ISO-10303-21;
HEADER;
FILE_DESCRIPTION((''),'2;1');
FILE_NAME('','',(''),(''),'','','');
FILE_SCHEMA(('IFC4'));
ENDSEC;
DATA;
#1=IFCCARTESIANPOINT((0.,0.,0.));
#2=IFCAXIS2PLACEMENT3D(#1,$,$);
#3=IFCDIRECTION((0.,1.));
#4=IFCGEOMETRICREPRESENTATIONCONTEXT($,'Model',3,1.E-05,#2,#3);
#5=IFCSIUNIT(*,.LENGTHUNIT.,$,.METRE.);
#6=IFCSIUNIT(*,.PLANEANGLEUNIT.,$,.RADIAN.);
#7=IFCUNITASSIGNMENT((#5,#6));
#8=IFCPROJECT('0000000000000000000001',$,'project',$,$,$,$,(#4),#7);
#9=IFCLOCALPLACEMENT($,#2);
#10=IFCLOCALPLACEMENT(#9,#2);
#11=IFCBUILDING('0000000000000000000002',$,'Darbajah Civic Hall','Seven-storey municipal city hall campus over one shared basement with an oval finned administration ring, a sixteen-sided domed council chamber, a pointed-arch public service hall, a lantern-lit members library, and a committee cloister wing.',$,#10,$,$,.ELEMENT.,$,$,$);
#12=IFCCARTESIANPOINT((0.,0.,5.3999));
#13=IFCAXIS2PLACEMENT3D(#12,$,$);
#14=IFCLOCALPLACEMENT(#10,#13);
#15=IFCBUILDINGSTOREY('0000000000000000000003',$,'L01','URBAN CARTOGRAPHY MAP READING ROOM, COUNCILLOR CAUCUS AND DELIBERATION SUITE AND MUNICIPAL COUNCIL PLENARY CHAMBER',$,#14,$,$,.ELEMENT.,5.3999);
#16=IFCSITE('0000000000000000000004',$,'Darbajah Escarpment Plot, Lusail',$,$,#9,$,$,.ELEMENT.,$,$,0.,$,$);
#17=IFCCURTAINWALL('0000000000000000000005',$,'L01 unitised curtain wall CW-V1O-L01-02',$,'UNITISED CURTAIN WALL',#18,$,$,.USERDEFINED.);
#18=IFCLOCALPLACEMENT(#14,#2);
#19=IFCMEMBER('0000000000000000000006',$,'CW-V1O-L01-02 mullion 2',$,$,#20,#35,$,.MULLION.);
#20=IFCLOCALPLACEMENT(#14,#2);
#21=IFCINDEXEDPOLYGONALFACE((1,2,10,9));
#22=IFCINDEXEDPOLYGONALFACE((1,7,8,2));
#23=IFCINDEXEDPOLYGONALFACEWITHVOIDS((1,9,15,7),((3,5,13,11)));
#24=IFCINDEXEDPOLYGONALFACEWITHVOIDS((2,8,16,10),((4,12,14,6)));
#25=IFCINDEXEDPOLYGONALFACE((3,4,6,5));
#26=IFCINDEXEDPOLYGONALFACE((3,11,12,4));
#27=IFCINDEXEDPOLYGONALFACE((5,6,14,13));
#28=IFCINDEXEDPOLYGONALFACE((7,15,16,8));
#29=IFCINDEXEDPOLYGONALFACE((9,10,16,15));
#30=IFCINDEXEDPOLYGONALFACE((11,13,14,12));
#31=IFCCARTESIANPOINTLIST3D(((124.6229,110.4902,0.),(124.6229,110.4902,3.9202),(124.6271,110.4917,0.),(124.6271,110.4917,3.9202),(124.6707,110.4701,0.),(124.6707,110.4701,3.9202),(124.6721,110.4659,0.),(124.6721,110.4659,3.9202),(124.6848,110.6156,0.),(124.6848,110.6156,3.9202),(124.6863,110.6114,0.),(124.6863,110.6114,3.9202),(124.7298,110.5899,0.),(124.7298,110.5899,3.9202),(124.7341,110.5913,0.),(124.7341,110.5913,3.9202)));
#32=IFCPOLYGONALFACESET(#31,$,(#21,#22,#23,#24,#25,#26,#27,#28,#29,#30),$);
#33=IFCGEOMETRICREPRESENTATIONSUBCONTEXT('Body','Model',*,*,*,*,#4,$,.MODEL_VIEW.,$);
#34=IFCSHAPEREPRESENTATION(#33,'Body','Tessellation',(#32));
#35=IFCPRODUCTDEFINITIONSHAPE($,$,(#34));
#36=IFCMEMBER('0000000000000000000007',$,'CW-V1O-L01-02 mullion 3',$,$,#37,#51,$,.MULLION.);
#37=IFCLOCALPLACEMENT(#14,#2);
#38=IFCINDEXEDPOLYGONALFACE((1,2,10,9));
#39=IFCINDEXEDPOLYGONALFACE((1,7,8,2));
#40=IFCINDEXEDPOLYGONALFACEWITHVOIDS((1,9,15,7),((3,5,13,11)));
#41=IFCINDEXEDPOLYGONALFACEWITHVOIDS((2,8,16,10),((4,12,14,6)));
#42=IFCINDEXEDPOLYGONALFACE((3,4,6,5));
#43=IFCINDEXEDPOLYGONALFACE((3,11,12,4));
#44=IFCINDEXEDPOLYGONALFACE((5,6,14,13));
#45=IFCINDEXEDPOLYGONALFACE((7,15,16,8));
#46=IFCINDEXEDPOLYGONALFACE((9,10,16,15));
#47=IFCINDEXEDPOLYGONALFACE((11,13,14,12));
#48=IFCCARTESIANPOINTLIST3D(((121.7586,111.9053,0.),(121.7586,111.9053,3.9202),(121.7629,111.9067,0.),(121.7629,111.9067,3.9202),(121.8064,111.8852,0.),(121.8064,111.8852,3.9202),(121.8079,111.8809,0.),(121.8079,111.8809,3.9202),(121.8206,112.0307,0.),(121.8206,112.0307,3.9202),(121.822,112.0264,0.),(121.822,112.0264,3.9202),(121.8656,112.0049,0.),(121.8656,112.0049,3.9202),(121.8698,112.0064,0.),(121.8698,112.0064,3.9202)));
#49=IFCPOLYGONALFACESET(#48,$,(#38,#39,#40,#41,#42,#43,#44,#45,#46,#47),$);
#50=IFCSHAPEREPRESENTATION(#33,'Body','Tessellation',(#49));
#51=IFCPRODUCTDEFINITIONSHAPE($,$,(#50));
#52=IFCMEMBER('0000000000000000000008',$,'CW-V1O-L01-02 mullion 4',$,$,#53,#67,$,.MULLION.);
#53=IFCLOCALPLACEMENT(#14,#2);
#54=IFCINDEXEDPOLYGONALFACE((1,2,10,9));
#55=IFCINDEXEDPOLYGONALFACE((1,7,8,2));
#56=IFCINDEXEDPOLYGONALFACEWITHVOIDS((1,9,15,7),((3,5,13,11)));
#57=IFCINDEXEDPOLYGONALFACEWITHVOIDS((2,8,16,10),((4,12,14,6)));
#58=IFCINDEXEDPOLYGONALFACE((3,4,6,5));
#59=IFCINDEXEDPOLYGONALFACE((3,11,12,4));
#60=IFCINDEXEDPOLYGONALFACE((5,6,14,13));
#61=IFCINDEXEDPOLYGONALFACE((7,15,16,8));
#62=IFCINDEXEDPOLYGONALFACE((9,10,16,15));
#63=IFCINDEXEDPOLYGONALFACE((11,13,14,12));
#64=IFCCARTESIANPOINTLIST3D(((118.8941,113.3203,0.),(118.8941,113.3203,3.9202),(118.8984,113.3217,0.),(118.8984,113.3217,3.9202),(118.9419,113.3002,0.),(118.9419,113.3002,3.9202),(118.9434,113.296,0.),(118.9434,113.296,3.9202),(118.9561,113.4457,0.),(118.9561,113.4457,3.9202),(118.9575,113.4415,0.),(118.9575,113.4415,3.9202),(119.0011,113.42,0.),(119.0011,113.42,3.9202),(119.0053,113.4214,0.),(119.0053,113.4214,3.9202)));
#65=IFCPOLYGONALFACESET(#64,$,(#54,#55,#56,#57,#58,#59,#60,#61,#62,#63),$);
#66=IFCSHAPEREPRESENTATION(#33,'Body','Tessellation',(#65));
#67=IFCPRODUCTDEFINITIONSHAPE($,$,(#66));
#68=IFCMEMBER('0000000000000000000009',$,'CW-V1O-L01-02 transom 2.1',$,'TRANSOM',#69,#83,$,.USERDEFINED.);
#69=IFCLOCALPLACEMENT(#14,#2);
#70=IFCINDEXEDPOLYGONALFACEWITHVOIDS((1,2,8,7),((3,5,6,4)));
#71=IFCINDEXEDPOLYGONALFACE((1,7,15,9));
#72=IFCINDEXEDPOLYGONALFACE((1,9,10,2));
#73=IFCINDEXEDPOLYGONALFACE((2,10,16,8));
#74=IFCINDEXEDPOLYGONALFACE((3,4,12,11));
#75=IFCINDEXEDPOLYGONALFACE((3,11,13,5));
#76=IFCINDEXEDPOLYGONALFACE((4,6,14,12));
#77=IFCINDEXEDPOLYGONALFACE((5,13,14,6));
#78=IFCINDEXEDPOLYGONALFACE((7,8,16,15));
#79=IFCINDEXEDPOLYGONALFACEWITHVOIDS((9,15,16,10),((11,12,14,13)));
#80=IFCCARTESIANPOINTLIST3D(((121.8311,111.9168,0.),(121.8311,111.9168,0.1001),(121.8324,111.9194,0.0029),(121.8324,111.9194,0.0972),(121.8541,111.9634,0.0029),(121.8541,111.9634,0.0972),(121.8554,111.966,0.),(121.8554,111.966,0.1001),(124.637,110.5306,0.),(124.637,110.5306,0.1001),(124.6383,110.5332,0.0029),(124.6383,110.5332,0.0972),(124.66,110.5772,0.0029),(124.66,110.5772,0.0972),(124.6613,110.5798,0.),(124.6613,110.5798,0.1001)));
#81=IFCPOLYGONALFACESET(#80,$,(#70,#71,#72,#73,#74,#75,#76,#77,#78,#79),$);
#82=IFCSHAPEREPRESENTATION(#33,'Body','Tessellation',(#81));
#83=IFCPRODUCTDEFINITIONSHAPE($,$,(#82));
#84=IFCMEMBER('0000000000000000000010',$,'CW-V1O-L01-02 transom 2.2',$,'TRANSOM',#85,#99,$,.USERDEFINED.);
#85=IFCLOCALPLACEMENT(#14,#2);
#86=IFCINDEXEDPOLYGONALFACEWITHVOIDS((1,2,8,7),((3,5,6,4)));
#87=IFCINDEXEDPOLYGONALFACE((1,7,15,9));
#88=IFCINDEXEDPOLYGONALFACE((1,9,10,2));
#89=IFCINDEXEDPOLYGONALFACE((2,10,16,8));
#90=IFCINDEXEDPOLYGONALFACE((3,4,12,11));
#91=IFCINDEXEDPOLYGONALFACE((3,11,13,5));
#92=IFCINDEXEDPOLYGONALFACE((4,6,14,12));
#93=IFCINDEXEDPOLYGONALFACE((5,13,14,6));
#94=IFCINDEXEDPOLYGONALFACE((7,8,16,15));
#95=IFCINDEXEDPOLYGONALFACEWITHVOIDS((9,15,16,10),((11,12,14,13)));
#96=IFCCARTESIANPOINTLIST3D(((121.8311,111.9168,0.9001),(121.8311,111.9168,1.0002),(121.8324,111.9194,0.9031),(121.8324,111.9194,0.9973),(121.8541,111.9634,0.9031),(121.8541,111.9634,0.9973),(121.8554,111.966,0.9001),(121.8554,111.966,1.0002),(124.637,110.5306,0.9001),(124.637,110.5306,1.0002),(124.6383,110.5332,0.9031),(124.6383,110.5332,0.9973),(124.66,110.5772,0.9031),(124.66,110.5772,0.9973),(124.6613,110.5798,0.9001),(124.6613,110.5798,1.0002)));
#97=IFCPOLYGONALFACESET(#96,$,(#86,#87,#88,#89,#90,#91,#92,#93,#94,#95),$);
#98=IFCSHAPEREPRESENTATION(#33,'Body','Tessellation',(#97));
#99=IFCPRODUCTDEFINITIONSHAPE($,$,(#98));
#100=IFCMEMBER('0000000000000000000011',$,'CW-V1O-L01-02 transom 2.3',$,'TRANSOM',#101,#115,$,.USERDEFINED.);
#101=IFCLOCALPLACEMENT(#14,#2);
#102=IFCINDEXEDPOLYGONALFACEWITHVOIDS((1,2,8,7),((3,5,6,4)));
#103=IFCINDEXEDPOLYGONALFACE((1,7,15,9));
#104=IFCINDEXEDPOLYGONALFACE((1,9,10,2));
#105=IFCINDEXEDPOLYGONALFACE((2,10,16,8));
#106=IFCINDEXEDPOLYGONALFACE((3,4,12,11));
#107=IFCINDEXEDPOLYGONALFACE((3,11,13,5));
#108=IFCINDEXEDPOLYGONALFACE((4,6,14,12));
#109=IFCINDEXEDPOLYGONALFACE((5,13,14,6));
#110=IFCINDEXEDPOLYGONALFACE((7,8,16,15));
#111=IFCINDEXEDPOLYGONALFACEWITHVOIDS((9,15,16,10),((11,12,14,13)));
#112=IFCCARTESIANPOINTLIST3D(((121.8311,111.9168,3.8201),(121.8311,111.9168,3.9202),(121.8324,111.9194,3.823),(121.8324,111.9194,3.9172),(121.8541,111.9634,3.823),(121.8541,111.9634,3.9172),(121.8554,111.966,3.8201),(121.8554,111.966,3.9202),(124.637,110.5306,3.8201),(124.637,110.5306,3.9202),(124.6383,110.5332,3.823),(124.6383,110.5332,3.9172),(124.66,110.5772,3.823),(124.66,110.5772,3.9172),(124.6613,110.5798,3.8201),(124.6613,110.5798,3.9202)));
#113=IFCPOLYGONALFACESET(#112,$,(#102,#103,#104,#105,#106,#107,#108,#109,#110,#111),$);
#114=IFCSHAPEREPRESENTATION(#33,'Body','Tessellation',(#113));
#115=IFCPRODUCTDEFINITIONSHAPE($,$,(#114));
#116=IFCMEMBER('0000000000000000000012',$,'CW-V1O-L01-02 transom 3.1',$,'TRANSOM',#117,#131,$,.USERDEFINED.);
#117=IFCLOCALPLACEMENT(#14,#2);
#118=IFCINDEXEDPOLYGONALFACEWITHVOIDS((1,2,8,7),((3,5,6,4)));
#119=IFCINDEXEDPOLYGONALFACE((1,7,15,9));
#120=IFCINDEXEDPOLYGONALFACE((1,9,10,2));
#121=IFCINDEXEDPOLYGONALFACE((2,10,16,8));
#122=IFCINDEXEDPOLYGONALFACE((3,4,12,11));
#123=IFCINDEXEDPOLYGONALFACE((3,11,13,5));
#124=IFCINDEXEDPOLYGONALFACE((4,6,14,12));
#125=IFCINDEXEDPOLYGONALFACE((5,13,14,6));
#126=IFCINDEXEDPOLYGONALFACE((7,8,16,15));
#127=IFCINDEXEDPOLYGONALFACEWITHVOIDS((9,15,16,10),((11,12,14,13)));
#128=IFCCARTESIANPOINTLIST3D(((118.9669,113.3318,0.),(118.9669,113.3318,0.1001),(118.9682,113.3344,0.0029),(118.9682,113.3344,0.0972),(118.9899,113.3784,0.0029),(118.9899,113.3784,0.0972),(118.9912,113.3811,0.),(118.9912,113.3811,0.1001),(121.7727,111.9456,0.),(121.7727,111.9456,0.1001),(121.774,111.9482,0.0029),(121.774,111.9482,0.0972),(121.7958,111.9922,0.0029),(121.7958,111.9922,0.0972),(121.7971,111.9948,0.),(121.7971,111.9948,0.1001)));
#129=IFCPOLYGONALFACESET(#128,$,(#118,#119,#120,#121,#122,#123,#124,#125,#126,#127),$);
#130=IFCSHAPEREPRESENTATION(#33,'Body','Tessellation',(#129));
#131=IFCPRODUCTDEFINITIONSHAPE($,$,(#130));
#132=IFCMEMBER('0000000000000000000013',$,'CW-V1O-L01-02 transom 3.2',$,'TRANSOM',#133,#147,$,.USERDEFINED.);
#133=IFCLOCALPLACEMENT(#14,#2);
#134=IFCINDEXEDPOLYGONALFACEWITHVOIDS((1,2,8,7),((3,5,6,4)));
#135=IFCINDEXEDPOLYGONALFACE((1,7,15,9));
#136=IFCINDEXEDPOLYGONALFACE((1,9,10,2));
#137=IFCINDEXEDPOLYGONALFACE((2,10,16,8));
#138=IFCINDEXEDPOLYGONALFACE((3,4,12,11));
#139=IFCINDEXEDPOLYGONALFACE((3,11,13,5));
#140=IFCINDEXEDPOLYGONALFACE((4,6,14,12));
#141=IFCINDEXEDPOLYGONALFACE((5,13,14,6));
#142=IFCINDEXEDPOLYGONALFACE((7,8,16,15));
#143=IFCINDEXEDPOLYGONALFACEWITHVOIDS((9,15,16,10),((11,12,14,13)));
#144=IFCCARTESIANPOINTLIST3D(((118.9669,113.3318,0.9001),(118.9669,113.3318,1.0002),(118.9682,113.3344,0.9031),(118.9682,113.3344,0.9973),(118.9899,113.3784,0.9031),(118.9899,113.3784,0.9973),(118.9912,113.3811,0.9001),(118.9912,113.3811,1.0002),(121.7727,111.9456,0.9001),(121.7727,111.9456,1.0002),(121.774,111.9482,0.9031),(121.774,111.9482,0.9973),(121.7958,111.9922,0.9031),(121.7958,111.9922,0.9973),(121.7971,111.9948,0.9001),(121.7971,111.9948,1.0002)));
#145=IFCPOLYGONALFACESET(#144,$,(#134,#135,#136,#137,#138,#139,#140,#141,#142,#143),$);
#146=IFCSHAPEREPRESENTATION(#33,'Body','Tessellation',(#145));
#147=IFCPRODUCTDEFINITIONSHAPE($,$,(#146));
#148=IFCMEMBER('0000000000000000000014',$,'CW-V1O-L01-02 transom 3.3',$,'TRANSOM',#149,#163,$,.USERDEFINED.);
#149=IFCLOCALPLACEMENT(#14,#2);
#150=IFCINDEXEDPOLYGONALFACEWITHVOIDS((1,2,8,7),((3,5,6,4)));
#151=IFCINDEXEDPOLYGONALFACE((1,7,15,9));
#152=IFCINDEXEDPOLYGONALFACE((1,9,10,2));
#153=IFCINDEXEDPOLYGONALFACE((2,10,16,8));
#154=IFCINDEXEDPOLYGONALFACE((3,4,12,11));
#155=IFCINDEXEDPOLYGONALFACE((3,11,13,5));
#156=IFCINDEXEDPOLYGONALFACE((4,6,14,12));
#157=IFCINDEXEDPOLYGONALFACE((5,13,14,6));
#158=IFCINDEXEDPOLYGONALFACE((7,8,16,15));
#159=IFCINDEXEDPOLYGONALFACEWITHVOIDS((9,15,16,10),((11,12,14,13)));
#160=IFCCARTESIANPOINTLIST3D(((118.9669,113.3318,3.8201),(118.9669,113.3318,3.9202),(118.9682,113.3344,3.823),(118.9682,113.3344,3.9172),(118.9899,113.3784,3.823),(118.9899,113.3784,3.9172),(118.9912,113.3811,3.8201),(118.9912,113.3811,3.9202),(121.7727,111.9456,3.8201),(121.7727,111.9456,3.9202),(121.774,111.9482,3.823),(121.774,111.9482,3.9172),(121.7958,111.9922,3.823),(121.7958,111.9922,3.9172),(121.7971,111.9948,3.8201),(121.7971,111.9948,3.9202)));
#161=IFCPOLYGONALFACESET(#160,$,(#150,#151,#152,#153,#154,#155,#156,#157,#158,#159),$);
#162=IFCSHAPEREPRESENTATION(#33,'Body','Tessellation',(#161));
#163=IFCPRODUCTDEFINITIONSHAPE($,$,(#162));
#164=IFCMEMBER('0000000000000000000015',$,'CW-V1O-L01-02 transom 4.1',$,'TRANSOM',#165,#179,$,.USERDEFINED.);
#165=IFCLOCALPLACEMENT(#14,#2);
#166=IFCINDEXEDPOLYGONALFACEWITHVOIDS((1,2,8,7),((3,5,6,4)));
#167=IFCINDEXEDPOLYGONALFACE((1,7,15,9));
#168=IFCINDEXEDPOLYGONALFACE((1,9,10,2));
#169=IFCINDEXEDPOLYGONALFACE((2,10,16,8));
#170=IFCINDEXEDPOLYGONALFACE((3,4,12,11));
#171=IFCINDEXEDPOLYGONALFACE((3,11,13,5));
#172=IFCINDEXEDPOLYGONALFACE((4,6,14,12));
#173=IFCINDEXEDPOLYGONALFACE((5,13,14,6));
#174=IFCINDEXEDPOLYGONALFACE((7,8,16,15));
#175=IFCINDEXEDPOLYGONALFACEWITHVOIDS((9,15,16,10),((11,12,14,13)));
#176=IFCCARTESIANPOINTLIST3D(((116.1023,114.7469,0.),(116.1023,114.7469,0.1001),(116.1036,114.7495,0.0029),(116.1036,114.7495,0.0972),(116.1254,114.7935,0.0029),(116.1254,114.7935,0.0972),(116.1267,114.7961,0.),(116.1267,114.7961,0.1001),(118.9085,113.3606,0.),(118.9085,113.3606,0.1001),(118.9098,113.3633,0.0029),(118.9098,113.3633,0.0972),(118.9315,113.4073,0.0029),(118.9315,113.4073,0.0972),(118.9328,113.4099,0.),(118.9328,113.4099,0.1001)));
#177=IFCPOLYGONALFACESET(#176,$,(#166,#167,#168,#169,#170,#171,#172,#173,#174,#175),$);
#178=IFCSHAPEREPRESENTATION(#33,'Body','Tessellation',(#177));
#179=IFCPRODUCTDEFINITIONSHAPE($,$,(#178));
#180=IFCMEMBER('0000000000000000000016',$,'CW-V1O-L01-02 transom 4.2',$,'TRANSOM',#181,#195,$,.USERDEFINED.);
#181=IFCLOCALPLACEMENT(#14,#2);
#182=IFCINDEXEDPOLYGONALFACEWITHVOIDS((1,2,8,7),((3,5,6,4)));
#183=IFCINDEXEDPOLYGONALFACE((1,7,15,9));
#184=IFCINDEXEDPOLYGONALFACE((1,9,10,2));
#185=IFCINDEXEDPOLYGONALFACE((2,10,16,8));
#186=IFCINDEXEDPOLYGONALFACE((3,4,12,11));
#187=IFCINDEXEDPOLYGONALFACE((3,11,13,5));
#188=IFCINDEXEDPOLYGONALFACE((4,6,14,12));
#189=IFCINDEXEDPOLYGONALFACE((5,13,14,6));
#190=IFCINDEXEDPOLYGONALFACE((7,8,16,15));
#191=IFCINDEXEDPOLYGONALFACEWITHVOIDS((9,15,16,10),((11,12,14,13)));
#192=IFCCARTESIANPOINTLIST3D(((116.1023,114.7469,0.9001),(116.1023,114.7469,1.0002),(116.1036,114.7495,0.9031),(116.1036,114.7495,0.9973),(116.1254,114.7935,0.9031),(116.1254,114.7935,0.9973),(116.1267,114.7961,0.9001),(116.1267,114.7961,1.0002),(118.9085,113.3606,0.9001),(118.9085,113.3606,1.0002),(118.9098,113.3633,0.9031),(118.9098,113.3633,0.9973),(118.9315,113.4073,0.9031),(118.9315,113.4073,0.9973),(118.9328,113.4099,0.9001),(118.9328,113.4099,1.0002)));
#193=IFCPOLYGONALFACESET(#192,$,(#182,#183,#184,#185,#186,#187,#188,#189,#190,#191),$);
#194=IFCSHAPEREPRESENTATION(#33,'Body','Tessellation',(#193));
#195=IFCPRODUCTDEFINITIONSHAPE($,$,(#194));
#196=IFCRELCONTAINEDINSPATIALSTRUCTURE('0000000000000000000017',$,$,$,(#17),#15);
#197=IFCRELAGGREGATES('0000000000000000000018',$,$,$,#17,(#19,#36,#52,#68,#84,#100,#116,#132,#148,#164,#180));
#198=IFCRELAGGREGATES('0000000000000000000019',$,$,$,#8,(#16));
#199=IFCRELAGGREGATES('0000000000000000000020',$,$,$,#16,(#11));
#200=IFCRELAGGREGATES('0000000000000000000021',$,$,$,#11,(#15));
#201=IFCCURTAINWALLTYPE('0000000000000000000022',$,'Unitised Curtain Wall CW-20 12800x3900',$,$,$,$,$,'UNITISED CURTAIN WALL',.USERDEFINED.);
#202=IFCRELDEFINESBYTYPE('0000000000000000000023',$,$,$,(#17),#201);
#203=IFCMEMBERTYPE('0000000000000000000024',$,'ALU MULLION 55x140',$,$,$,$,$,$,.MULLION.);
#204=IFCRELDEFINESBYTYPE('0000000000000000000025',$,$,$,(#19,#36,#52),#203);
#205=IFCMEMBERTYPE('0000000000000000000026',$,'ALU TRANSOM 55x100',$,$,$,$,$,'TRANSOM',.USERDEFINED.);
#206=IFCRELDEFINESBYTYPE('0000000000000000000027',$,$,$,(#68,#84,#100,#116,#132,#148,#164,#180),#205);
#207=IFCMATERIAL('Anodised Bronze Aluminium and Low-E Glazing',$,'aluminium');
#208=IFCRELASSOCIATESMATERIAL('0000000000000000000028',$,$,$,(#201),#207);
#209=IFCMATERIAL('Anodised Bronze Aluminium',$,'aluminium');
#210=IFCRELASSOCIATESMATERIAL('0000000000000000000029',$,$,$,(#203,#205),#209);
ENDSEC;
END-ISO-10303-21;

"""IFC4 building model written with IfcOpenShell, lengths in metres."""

from ifc_helpers import new_model, si_unit, direction, frame, origin, origin_2d, place, context, subcontext, project, spatial, hollow_rectangle, extrude, material, material_profile, profile_set, type_object, element, aggregate, save


model = new_model("IFC4")

# Units and contexts
model_context = context("Model", 3, precision=1e-05, world=origin(), true_north=direction((0.0, 1.0)))
body_context = subcontext(model_context, "Body", "Model", "MODEL_VIEW")
ifc_project = project(units=[si_unit("LENGTHUNIT", "METRE"), si_unit("PLANEANGLEUNIT", "RADIAN")], contexts=[model_context])

# Site, building, storey
site_placement = place(None, origin())
site = spatial("IfcSite", under=ifc_project, at=site_placement, Name="Darbajah Escarpment Plot, Lusail", CompositionType="ELEMENT", RefElevation=0.0)
building_placement = place(site_placement, origin())
building = spatial("IfcBuilding", under=site, at=building_placement, Name="Darbajah Civic Hall", Description="Seven-storey municipal city hall campus over one shared basement with an oval finned administration ring, a sixteen-sided domed council chamber, a pointed-arch public service hall, a lantern-lit members library, and a committee cloister wing.", CompositionType="ELEMENT")
storey_placement = place(building_placement, frame((0.0, 0.0, 5.3999)))
storey = spatial("IfcBuildingStorey", under=building, at=storey_placement, Name="L01", Description="URBAN CARTOGRAPHY MAP READING ROOM, COUNCILLOR CAUCUS AND DELIBERATION SUITE AND MUNICIPAL COUNCIL PLENARY CHAMBER", CompositionType="ELEMENT", Elevation=5.3999)

# Curtain wall, members
ifc_material_1 = material(Name="Anodised Bronze Aluminium and Low-E Glazing", Category="aluminium")
curtain_wall_type = type_object("IfcCurtainWallType", Name="Unitised Curtain Wall CW-20 12800x3900", ElementType="UNITISED CURTAIN WALL", PredefinedType="USERDEFINED", material=ifc_material_1)
curtain_wall_placement = place(storey_placement, origin())
curtain_wall = element("IfcCurtainWall", 1, at=curtain_wall_placement, inside=storey, type_object=curtain_wall_type, Name="L01 unitised curtain wall CW-V1O-L01-02", ObjectType="UNITISED CURTAIN WALL", PredefinedType="USERDEFINED")
ifc_material_2 = material(Name="Anodised Bronze Aluminium", Category="aluminium")
ifc_material_profile_1 = material_profile(ifc_material_2, hollow_rectangle(XDim=0.0549, YDim=0.1399, WallThickness=0.0032, at=origin_2d()), Name="ALU MULLION 55x140")
ifc_profile_set_1 = profile_set([ifc_material_profile_1], Name="Anodised Bronze Aluminium")
member_type_1 = type_object("IfcMemberType", Name="ALU MULLION 55x140", PredefinedType="MULLION", material=ifc_profile_set_1)
member_1_placement = place(storey_placement, frame((124.6785, 110.5408, 0.0), z_axis=(0.0, 0.0, 1.0), x_axis=(-0.896564, 0.442915, 0.0)))
member_1 = element("IfcMember", 2, at=member_1_placement, type_object=member_type_1, Name="CW-V1O-L01-02 mullion 2", PredefinedType="MULLION", context=body_context, shape_type="SweptSolid", body=[
    extrude(hollow_rectangle(XDim=0.0549, YDim=0.1399, WallThickness=0.0032, at=origin_2d()), origin(), (0.0, 0.0, 1.0), 3.9202),
])
member_2_placement = place(storey_placement, frame((121.8142, 111.9558, 0.0), z_axis=(0.0, 0.0, 1.0), x_axis=(-0.896564, 0.442915, 0.0)))
member_2 = element("IfcMember", 3, at=member_2_placement, type_object=member_type_1, Name="CW-V1O-L01-02 mullion 3", PredefinedType="MULLION", context=body_context, shape_type="SweptSolid", body=[
    extrude(hollow_rectangle(XDim=0.0549, YDim=0.1399, WallThickness=0.0032, at=origin_2d()), origin(), (0.0, 0.0, 1.0), 3.9202),
])
member_3_placement = place(storey_placement, frame((118.9497, 113.3708, 0.0), z_axis=(0.0, 0.0, 1.0), x_axis=(-0.896564, 0.442915, 0.0)))
member_3 = element("IfcMember", 4, at=member_3_placement, type_object=member_type_1, Name="CW-V1O-L01-02 mullion 4", PredefinedType="MULLION", context=body_context, shape_type="SweptSolid", body=[
    extrude(hollow_rectangle(XDim=0.0549, YDim=0.1399, WallThickness=0.0032, at=origin_2d()), origin(), (0.0, 0.0, 1.0), 3.9202),
])
ifc_material_profile_2 = material_profile(ifc_material_2, hollow_rectangle(XDim=0.0549, YDim=0.1001, WallThickness=0.0029, at=origin_2d()), Name="ALU TRANSOM 55x100")
ifc_profile_set_2 = profile_set([ifc_material_profile_2], Name="Anodised Bronze Aluminium")
member_type_2 = type_object("IfcMemberType", Name="ALU TRANSOM 55x100", ElementType="TRANSOM", PredefinedType="USERDEFINED", material=ifc_profile_set_2)
member_4_placement = place(storey_placement, frame((124.6492, 110.5552, 0.05), z_axis=(-0.896554, 0.442934, 0.0), x_axis=(-0.442934, -0.896554, 0.0)))
member_4 = element("IfcMember", 5, at=member_4_placement, type_object=member_type_2, Name="CW-V1O-L01-02 transom 2.1", ObjectType="TRANSOM", PredefinedType="USERDEFINED", context=body_context, shape_type="SweptSolid", body=[
    extrude(hollow_rectangle(XDim=0.0549, YDim=0.1001, WallThickness=0.0029, at=origin_2d()), origin(), (0.0, 0.0, 1.0), 3.1296),
])
member_5_placement = place(storey_placement, frame((124.6492, 110.5552, 0.9502), z_axis=(-0.896554, 0.442934, 0.0), x_axis=(-0.442934, -0.896554, 0.0)))
member_5 = element("IfcMember", 6, at=member_5_placement, type_object=member_type_2, Name="CW-V1O-L01-02 transom 2.2", ObjectType="TRANSOM", PredefinedType="USERDEFINED", context=body_context, shape_type="SweptSolid", body=[
    extrude(hollow_rectangle(XDim=0.0549, YDim=0.1001, WallThickness=0.0029, at=origin_2d()), origin(), (0.0, 0.0, 1.0), 3.1296),
])
member_6_placement = place(storey_placement, frame((124.6492, 110.5552, 3.8701), z_axis=(-0.896554, 0.442934, 0.0), x_axis=(-0.442934, -0.896554, 0.0)))
member_6 = element("IfcMember", 7, at=member_6_placement, type_object=member_type_2, Name="CW-V1O-L01-02 transom 2.3", ObjectType="TRANSOM", PredefinedType="USERDEFINED", context=body_context, shape_type="SweptSolid", body=[
    extrude(hollow_rectangle(XDim=0.0549, YDim=0.1001, WallThickness=0.0029, at=origin_2d()), origin(), (0.0, 0.0, 1.0), 3.1296),
])
member_7_placement = place(storey_placement, frame((121.7849, 111.9702, 0.05), z_axis=(-0.896554, 0.442934, 0.0), x_axis=(-0.442934, -0.896554, 0.0)))
member_7 = element("IfcMember", 8, at=member_7_placement, type_object=member_type_2, Name="CW-V1O-L01-02 transom 3.1", ObjectType="TRANSOM", PredefinedType="USERDEFINED", context=body_context, shape_type="SweptSolid", body=[
    extrude(hollow_rectangle(XDim=0.0549, YDim=0.1001, WallThickness=0.0029, at=origin_2d()), origin(), (0.0, 0.0, 1.0), 3.1296),
])
member_8_placement = place(storey_placement, frame((121.7849, 111.9702, 0.9502), z_axis=(-0.896554, 0.442934, 0.0), x_axis=(-0.442934, -0.896554, 0.0)))
member_8 = element("IfcMember", 9, at=member_8_placement, type_object=member_type_2, Name="CW-V1O-L01-02 transom 3.2", ObjectType="TRANSOM", PredefinedType="USERDEFINED", context=body_context, shape_type="SweptSolid", body=[
    extrude(hollow_rectangle(XDim=0.0549, YDim=0.1001, WallThickness=0.0029, at=origin_2d()), origin(), (0.0, 0.0, 1.0), 3.1296),
])
member_9_placement = place(storey_placement, frame((121.7849, 111.9702, 3.8701), z_axis=(-0.896554, 0.442934, 0.0), x_axis=(-0.442934, -0.896554, 0.0)))
member_9 = element("IfcMember", 10, at=member_9_placement, type_object=member_type_2, Name="CW-V1O-L01-02 transom 3.3", ObjectType="TRANSOM", PredefinedType="USERDEFINED", context=body_context, shape_type="SweptSolid", body=[
    extrude(hollow_rectangle(XDim=0.0549, YDim=0.1001, WallThickness=0.0029, at=origin_2d()), origin(), (0.0, 0.0, 1.0), 3.1296),
])
member_10_placement = place(storey_placement, frame((118.9207, 113.3853, 0.05), z_axis=(-0.89657, 0.442903, 0.0), x_axis=(-0.442903, -0.89657, 0.0)))
member_10 = element("IfcMember", 11, at=member_10_placement, type_object=member_type_2, Name="CW-V1O-L01-02 transom 4.1", ObjectType="TRANSOM", PredefinedType="USERDEFINED", context=body_context, shape_type="SweptSolid", body=[
    extrude(hollow_rectangle(XDim=0.0549, YDim=0.1001, WallThickness=0.0029, at=origin_2d()), origin(), (0.0, 0.0, 1.0), 3.1299),
])
member_11_placement = place(storey_placement, frame((118.9207, 113.3853, 0.9502), z_axis=(-0.89657, 0.442903, 0.0), x_axis=(-0.442903, -0.89657, 0.0)))
member_11 = element("IfcMember", 12, at=member_11_placement, type_object=member_type_2, Name="CW-V1O-L01-02 transom 4.2", ObjectType="TRANSOM", PredefinedType="USERDEFINED", context=body_context, shape_type="SweptSolid", body=[
    extrude(hollow_rectangle(XDim=0.0549, YDim=0.1001, WallThickness=0.0029, at=origin_2d()), origin(), (0.0, 0.0, 1.0), 3.1299),
])
aggregate(curtain_wall, [member_1, member_2, member_3, member_4, member_5, member_6, member_7, member_8, member_9, member_10, member_11])

save(model, "model.ifc")
